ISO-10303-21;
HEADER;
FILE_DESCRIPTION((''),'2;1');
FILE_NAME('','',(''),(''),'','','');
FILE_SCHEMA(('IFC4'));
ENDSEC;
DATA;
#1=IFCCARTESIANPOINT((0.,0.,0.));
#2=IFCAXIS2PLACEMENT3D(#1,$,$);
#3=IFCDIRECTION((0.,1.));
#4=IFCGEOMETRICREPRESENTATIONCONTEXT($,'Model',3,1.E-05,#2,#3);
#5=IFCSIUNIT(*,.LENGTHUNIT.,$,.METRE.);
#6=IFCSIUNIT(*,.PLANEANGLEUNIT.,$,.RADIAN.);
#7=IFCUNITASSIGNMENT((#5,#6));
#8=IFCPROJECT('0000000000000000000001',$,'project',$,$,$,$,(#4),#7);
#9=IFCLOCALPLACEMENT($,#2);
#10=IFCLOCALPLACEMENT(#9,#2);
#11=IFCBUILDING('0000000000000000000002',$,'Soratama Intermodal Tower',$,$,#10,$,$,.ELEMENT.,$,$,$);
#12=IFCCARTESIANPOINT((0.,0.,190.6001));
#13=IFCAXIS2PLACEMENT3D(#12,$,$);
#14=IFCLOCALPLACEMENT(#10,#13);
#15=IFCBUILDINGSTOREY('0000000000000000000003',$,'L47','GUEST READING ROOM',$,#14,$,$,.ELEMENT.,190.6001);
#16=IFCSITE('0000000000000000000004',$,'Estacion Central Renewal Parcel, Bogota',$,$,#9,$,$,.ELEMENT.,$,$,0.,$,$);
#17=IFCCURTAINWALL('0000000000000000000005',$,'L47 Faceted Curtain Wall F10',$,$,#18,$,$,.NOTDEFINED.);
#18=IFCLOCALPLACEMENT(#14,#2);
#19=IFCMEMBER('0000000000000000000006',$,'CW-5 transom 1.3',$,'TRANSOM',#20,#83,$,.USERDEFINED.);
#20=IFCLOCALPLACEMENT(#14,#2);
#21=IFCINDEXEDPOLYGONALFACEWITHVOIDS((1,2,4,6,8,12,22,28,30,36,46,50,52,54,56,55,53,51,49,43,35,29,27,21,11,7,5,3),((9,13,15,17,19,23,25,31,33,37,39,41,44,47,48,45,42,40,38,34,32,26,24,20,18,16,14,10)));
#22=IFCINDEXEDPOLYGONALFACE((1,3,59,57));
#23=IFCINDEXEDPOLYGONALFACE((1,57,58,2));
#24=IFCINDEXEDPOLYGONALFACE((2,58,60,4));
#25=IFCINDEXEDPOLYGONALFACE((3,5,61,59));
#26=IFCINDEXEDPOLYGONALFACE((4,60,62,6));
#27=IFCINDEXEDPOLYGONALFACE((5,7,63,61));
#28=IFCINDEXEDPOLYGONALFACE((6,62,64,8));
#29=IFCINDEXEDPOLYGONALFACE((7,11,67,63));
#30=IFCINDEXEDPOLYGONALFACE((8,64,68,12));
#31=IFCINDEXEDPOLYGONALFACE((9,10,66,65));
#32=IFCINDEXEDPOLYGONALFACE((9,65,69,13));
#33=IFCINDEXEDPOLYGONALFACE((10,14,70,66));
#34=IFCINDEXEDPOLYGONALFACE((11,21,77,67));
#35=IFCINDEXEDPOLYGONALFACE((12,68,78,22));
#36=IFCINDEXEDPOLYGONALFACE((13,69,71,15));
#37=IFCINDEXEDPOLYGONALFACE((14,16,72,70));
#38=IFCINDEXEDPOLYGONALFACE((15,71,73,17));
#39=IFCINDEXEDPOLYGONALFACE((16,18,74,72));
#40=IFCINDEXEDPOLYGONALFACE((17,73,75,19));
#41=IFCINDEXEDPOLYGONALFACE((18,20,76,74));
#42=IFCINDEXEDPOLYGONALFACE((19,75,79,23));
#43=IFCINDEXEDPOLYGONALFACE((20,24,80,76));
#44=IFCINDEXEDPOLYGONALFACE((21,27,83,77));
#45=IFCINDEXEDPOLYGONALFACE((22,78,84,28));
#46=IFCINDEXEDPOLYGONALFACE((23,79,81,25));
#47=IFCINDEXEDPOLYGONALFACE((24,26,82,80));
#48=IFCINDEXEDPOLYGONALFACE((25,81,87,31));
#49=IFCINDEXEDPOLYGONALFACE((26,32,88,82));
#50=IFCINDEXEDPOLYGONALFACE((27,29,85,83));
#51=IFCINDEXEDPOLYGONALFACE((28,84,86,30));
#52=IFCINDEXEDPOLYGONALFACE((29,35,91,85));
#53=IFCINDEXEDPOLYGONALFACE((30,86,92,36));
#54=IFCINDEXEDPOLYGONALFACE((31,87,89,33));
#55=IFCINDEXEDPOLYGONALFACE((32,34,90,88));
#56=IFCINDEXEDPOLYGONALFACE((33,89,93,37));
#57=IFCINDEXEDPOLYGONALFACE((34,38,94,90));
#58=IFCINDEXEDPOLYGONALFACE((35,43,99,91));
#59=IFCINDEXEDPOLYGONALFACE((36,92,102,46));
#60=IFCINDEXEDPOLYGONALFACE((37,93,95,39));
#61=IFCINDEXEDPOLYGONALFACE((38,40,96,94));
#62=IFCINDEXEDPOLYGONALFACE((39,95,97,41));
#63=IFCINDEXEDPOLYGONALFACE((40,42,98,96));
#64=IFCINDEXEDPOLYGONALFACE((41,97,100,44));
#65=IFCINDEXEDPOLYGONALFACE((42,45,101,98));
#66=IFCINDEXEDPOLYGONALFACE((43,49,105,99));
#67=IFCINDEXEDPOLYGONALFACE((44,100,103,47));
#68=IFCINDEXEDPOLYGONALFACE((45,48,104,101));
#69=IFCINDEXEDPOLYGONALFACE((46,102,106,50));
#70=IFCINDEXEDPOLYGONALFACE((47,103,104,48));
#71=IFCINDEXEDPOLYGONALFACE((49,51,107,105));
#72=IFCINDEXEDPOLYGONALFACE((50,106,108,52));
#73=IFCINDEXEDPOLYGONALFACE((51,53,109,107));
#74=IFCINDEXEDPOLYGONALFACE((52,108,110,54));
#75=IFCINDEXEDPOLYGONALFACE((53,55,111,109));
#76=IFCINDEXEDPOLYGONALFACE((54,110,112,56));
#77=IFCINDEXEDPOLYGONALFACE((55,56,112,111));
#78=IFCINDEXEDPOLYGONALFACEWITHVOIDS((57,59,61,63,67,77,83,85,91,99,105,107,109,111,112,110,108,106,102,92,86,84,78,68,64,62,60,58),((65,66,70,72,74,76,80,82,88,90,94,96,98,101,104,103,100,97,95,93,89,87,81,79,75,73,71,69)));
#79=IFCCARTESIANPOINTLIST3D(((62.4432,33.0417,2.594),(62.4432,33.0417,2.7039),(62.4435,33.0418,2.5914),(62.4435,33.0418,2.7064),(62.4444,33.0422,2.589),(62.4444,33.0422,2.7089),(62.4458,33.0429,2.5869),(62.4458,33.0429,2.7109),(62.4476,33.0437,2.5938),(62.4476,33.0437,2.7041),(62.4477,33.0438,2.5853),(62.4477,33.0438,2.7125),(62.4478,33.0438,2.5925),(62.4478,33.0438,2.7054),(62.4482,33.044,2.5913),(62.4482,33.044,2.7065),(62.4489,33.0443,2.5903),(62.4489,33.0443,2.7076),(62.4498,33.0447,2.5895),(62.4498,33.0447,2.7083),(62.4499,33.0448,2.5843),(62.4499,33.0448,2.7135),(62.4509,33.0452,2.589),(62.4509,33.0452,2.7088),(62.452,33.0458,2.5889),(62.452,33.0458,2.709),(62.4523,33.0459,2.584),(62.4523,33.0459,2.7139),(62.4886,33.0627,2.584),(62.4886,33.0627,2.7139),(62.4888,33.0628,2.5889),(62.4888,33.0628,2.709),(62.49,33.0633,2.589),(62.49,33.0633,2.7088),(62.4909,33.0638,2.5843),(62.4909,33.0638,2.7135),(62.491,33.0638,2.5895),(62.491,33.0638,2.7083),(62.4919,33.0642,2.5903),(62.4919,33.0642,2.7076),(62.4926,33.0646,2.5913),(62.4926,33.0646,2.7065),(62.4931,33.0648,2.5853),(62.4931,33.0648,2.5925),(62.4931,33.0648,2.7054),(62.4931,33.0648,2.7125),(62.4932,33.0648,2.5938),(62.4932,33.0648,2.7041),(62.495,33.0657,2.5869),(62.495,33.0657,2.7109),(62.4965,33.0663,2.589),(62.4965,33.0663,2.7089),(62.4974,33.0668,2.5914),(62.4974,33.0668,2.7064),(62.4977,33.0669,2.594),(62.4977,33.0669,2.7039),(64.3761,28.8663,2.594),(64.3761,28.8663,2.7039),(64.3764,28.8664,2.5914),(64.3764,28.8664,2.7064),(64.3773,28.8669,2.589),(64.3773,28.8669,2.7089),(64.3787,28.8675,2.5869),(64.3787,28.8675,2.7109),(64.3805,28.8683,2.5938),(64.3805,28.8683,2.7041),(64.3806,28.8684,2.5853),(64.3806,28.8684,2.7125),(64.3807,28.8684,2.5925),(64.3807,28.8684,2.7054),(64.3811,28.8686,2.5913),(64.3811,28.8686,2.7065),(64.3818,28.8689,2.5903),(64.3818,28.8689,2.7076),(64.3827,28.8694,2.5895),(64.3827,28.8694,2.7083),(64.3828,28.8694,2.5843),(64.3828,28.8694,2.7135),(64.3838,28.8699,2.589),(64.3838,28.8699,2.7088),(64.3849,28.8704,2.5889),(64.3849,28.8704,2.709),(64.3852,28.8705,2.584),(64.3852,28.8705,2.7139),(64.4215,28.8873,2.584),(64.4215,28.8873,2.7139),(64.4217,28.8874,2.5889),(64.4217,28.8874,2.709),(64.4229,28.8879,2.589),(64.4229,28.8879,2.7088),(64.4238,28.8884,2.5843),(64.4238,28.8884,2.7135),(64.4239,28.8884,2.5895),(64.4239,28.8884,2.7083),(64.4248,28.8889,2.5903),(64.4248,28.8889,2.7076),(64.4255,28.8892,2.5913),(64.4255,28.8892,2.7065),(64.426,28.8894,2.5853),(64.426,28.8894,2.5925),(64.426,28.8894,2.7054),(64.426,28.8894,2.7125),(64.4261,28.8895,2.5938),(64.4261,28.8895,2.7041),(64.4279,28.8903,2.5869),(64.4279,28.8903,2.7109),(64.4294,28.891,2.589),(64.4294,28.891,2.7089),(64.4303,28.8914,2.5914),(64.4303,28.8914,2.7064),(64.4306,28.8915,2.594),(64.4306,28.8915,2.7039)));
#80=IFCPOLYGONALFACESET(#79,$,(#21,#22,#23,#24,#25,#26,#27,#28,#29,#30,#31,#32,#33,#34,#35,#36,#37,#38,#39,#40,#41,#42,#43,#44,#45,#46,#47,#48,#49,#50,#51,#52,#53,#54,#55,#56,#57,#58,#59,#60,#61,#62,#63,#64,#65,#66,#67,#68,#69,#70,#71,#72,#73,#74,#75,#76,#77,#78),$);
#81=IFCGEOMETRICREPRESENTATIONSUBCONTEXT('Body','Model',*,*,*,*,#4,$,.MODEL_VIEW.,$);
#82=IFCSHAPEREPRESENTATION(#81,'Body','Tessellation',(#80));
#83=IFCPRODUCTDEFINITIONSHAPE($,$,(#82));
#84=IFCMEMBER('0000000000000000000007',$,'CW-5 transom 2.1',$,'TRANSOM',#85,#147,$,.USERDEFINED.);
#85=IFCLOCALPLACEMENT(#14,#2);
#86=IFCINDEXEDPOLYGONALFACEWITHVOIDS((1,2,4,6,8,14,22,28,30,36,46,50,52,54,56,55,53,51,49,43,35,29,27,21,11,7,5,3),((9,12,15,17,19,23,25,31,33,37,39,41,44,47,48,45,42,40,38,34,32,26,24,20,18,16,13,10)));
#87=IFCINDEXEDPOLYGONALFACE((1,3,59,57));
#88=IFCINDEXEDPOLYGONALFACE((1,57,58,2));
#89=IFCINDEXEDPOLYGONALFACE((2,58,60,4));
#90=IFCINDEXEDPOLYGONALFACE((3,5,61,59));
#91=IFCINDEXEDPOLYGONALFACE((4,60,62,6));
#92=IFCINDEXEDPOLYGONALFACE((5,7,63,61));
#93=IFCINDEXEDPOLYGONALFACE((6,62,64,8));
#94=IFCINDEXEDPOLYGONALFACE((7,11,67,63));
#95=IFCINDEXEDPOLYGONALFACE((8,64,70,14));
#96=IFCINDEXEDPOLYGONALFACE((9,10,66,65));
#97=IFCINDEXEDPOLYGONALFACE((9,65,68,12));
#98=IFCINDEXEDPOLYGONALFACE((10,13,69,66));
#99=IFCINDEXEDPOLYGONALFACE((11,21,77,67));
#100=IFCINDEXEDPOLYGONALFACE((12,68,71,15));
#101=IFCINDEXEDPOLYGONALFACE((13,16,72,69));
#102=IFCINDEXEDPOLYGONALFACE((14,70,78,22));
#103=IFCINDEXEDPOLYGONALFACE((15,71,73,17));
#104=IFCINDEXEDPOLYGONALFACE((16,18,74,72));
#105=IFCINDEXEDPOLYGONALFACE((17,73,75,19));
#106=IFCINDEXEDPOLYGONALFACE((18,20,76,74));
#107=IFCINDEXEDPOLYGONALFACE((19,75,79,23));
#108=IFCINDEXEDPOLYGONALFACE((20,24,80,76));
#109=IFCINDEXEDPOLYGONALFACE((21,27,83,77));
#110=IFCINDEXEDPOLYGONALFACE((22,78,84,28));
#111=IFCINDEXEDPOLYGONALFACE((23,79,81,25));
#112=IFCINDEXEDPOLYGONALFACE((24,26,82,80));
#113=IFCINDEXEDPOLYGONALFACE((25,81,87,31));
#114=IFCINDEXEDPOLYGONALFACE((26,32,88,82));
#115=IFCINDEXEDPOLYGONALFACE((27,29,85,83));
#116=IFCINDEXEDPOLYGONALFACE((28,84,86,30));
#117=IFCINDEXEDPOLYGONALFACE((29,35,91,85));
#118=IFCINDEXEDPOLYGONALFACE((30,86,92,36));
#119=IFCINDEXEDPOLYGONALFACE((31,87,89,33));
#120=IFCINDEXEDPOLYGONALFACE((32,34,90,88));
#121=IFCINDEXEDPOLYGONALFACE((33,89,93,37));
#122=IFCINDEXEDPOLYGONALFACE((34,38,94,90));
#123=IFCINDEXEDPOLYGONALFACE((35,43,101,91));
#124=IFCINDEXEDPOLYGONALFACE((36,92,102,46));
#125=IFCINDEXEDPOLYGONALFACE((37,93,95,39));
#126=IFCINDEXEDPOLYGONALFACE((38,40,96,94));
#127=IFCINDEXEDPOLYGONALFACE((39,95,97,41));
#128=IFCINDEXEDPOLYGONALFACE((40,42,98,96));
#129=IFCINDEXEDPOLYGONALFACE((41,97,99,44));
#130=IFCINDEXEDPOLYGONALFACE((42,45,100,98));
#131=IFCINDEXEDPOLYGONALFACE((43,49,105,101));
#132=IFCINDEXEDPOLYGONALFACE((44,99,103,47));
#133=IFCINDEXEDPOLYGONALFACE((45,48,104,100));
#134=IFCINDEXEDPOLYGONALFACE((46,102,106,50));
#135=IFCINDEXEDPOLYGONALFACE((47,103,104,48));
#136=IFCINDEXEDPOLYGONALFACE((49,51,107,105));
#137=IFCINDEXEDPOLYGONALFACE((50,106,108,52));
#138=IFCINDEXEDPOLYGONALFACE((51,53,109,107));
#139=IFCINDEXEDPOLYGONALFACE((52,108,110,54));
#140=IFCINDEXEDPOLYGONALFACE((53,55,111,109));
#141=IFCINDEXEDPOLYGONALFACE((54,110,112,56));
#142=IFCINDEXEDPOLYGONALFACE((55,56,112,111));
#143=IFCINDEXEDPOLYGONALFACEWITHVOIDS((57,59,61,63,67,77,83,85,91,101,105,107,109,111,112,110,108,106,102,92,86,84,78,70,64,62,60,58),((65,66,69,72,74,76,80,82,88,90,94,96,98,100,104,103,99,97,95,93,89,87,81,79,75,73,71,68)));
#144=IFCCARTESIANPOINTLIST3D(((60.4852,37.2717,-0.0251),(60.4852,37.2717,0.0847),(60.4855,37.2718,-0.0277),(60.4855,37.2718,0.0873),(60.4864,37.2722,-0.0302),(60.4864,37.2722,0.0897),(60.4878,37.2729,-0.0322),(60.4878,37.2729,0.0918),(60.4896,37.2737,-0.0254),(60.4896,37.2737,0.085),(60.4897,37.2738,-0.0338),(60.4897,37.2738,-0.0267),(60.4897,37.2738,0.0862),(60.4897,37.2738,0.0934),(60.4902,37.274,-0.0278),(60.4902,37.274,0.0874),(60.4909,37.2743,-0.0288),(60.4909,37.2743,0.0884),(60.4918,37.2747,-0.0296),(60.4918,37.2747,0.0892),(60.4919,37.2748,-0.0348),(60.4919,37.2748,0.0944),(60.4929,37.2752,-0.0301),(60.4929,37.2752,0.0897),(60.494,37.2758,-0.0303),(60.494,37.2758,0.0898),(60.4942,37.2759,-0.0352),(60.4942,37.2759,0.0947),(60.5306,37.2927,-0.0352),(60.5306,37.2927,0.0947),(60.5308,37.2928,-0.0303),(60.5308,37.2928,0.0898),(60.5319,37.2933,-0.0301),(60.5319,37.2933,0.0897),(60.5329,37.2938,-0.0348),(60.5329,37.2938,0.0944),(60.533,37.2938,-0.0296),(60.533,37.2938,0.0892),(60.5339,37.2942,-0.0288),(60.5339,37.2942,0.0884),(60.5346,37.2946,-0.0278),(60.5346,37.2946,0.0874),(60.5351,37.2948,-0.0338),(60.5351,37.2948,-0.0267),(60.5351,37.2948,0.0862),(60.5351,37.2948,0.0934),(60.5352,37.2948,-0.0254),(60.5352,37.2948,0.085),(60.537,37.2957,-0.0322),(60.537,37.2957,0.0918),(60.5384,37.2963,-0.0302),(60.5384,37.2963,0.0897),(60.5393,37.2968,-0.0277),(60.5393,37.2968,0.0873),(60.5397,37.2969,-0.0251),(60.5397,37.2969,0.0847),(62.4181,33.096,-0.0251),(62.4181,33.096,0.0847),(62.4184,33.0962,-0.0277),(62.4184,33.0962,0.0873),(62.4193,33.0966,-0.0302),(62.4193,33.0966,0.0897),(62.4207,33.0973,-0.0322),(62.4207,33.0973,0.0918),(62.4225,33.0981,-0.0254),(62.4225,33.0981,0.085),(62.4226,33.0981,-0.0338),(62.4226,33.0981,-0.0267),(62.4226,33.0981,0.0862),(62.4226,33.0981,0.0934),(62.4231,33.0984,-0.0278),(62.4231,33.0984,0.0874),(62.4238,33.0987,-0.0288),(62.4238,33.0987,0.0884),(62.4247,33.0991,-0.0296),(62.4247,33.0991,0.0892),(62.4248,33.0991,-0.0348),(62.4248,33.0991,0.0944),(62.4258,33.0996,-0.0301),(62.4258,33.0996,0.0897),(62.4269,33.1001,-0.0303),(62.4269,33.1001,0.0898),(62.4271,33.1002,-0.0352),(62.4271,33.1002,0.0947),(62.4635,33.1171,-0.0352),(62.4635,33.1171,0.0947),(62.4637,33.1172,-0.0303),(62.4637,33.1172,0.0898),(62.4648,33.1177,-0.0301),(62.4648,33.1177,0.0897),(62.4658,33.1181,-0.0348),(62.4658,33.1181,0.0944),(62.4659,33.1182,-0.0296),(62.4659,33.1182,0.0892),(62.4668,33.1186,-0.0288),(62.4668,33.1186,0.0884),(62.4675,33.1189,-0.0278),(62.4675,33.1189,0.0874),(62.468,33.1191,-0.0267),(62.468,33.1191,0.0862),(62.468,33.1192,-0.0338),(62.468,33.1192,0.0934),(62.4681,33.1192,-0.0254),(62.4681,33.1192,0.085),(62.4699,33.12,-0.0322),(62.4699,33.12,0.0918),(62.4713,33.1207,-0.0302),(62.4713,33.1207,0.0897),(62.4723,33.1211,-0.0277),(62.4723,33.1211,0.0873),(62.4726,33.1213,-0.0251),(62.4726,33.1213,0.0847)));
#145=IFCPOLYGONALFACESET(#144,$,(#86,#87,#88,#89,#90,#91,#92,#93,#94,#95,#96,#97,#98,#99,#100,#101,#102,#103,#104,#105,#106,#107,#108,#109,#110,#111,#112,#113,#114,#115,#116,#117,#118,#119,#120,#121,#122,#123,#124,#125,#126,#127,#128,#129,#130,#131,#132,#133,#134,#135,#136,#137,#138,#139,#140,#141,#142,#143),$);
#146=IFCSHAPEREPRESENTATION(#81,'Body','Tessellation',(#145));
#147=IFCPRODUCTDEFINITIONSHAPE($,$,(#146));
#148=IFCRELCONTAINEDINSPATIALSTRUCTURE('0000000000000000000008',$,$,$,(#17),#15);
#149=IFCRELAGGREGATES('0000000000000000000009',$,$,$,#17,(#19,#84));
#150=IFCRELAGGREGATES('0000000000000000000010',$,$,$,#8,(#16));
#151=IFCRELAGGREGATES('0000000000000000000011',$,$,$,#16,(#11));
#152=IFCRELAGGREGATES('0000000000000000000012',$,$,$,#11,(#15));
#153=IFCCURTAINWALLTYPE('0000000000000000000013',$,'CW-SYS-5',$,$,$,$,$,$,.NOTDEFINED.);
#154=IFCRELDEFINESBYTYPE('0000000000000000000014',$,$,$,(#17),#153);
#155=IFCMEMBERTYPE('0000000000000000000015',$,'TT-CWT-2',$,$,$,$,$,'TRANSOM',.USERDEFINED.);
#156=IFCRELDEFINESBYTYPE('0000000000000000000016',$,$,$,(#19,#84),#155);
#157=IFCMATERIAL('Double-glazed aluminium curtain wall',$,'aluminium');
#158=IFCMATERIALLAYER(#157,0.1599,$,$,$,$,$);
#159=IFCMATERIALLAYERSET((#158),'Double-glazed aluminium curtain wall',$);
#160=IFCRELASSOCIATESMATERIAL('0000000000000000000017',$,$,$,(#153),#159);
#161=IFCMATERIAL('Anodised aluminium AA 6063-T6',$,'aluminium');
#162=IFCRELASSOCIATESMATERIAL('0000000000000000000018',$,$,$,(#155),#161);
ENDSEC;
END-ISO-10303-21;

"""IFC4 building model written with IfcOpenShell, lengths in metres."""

from ifc_helpers import new_model, si_unit, direction, frame, origin, origin_2d, place, context, subcontext, project, spatial, hollow_rectangle, extrude, material, layer, layer_set, material_profile, profile_set, type_object, element, aggregate, save


model = new_model("IFC4")

# Units and contexts
model_context = context("Model", 3, precision=1e-05, world=origin(), true_north=direction((0.0, 1.0)))
body_context = subcontext(model_context, "Body", "Model", "MODEL_VIEW")
ifc_project = project(units=[si_unit("LENGTHUNIT", "METRE"), si_unit("PLANEANGLEUNIT", "RADIAN")], contexts=[model_context])

# Site, building, storey
site_placement = place(None, origin())
site = spatial("IfcSite", under=ifc_project, at=site_placement, Name="Estacion Central Renewal Parcel, Bogota", CompositionType="ELEMENT", RefElevation=0.0)
building_placement = place(site_placement, origin())
building = spatial("IfcBuilding", under=site, at=building_placement, Name="Soratama Intermodal Tower", CompositionType="ELEMENT")
storey_placement = place(building_placement, frame((0.0, 0.0, 190.6001)))
storey = spatial("IfcBuildingStorey", under=building, at=storey_placement, Name="L47", Description="GUEST READING ROOM", CompositionType="ELEMENT", Elevation=190.6001)

# Curtain wall, members
ifc_material_1 = material(Name="Double-glazed aluminium curtain wall", Category="aluminium")
ifc_layer_1 = layer(ifc_material_1, 0.1599)
ifc_layer_set_1 = layer_set([ifc_layer_1], Name="Double-glazed aluminium curtain wall")
curtain_wall_type = type_object("IfcCurtainWallType", Name="CW-SYS-5", PredefinedType="NOTDEFINED", material=ifc_layer_set_1)
curtain_wall_placement = place(storey_placement, origin())
curtain_wall = element("IfcCurtainWall", 1, at=curtain_wall_placement, inside=storey, type_object=curtain_wall_type, Name="L47 Faceted Curtain Wall F10", PredefinedType="NOTDEFINED")
ifc_material_2 = material(Name="Anodised aluminium AA 6063-T6", Category="aluminium")
ifc_material_profile_1 = material_profile(ifc_material_2, hollow_rectangle(XDim=0.0601, YDim=0.1299, WallThickness=0.0049, InnerFilletRadius=0.0049, OuterFilletRadius=0.01, at=origin_2d()), Name="CWT130X60X5")
ifc_profile_set_1 = profile_set([ifc_material_profile_1], Name="Anodised aluminium AA 6063-T6")
member_type_1 = type_object("IfcMemberType", Name="TT-CWT-2", ElementType="TRANSOM", PredefinedType="USERDEFINED", material=ifc_profile_set_1)
member_1_placement = place(storey_placement, frame((64.4033, 28.8789, 2.6489), z_axis=(-0.420098, 0.907479, 0.0), x_axis=(-0.907479, -0.420098, 0.0)))
member_1 = element("IfcMember", 2, at=member_1_placement, type_object=member_type_1, Name="CW-5 transom 1.3", ObjectType="TRANSOM", PredefinedType="USERDEFINED", context=body_context, shape_type="SweptSolid", body=[
    extrude(hollow_rectangle(XDim=0.0601, YDim=0.1299, WallThickness=0.0049, InnerFilletRadius=0.0049, OuterFilletRadius=0.01, at=origin_2d()), origin(), (0.0, 0.0, 1.0), 4.6011),
])
member_2_placement = place(storey_placement, frame((62.4453, 33.1086, 0.0298), z_axis=(-0.420077, 0.907488, 0.0), x_axis=(-0.907488, -0.420077, 0.0)))
member_2 = element("IfcMember", 3, at=member_2_placement, type_object=member_type_1, Name="CW-5 transom 2.1", ObjectType="TRANSOM", PredefinedType="USERDEFINED", context=body_context, shape_type="SweptSolid", body=[
    extrude(hollow_rectangle(XDim=0.0601, YDim=0.1299, WallThickness=0.0049, InnerFilletRadius=0.0049, OuterFilletRadius=0.01, at=origin_2d()), origin(), (0.0, 0.0, 1.0), 4.6013),
])
aggregate(curtain_wall, [member_1, member_2])

save(model, "model.ifc")
